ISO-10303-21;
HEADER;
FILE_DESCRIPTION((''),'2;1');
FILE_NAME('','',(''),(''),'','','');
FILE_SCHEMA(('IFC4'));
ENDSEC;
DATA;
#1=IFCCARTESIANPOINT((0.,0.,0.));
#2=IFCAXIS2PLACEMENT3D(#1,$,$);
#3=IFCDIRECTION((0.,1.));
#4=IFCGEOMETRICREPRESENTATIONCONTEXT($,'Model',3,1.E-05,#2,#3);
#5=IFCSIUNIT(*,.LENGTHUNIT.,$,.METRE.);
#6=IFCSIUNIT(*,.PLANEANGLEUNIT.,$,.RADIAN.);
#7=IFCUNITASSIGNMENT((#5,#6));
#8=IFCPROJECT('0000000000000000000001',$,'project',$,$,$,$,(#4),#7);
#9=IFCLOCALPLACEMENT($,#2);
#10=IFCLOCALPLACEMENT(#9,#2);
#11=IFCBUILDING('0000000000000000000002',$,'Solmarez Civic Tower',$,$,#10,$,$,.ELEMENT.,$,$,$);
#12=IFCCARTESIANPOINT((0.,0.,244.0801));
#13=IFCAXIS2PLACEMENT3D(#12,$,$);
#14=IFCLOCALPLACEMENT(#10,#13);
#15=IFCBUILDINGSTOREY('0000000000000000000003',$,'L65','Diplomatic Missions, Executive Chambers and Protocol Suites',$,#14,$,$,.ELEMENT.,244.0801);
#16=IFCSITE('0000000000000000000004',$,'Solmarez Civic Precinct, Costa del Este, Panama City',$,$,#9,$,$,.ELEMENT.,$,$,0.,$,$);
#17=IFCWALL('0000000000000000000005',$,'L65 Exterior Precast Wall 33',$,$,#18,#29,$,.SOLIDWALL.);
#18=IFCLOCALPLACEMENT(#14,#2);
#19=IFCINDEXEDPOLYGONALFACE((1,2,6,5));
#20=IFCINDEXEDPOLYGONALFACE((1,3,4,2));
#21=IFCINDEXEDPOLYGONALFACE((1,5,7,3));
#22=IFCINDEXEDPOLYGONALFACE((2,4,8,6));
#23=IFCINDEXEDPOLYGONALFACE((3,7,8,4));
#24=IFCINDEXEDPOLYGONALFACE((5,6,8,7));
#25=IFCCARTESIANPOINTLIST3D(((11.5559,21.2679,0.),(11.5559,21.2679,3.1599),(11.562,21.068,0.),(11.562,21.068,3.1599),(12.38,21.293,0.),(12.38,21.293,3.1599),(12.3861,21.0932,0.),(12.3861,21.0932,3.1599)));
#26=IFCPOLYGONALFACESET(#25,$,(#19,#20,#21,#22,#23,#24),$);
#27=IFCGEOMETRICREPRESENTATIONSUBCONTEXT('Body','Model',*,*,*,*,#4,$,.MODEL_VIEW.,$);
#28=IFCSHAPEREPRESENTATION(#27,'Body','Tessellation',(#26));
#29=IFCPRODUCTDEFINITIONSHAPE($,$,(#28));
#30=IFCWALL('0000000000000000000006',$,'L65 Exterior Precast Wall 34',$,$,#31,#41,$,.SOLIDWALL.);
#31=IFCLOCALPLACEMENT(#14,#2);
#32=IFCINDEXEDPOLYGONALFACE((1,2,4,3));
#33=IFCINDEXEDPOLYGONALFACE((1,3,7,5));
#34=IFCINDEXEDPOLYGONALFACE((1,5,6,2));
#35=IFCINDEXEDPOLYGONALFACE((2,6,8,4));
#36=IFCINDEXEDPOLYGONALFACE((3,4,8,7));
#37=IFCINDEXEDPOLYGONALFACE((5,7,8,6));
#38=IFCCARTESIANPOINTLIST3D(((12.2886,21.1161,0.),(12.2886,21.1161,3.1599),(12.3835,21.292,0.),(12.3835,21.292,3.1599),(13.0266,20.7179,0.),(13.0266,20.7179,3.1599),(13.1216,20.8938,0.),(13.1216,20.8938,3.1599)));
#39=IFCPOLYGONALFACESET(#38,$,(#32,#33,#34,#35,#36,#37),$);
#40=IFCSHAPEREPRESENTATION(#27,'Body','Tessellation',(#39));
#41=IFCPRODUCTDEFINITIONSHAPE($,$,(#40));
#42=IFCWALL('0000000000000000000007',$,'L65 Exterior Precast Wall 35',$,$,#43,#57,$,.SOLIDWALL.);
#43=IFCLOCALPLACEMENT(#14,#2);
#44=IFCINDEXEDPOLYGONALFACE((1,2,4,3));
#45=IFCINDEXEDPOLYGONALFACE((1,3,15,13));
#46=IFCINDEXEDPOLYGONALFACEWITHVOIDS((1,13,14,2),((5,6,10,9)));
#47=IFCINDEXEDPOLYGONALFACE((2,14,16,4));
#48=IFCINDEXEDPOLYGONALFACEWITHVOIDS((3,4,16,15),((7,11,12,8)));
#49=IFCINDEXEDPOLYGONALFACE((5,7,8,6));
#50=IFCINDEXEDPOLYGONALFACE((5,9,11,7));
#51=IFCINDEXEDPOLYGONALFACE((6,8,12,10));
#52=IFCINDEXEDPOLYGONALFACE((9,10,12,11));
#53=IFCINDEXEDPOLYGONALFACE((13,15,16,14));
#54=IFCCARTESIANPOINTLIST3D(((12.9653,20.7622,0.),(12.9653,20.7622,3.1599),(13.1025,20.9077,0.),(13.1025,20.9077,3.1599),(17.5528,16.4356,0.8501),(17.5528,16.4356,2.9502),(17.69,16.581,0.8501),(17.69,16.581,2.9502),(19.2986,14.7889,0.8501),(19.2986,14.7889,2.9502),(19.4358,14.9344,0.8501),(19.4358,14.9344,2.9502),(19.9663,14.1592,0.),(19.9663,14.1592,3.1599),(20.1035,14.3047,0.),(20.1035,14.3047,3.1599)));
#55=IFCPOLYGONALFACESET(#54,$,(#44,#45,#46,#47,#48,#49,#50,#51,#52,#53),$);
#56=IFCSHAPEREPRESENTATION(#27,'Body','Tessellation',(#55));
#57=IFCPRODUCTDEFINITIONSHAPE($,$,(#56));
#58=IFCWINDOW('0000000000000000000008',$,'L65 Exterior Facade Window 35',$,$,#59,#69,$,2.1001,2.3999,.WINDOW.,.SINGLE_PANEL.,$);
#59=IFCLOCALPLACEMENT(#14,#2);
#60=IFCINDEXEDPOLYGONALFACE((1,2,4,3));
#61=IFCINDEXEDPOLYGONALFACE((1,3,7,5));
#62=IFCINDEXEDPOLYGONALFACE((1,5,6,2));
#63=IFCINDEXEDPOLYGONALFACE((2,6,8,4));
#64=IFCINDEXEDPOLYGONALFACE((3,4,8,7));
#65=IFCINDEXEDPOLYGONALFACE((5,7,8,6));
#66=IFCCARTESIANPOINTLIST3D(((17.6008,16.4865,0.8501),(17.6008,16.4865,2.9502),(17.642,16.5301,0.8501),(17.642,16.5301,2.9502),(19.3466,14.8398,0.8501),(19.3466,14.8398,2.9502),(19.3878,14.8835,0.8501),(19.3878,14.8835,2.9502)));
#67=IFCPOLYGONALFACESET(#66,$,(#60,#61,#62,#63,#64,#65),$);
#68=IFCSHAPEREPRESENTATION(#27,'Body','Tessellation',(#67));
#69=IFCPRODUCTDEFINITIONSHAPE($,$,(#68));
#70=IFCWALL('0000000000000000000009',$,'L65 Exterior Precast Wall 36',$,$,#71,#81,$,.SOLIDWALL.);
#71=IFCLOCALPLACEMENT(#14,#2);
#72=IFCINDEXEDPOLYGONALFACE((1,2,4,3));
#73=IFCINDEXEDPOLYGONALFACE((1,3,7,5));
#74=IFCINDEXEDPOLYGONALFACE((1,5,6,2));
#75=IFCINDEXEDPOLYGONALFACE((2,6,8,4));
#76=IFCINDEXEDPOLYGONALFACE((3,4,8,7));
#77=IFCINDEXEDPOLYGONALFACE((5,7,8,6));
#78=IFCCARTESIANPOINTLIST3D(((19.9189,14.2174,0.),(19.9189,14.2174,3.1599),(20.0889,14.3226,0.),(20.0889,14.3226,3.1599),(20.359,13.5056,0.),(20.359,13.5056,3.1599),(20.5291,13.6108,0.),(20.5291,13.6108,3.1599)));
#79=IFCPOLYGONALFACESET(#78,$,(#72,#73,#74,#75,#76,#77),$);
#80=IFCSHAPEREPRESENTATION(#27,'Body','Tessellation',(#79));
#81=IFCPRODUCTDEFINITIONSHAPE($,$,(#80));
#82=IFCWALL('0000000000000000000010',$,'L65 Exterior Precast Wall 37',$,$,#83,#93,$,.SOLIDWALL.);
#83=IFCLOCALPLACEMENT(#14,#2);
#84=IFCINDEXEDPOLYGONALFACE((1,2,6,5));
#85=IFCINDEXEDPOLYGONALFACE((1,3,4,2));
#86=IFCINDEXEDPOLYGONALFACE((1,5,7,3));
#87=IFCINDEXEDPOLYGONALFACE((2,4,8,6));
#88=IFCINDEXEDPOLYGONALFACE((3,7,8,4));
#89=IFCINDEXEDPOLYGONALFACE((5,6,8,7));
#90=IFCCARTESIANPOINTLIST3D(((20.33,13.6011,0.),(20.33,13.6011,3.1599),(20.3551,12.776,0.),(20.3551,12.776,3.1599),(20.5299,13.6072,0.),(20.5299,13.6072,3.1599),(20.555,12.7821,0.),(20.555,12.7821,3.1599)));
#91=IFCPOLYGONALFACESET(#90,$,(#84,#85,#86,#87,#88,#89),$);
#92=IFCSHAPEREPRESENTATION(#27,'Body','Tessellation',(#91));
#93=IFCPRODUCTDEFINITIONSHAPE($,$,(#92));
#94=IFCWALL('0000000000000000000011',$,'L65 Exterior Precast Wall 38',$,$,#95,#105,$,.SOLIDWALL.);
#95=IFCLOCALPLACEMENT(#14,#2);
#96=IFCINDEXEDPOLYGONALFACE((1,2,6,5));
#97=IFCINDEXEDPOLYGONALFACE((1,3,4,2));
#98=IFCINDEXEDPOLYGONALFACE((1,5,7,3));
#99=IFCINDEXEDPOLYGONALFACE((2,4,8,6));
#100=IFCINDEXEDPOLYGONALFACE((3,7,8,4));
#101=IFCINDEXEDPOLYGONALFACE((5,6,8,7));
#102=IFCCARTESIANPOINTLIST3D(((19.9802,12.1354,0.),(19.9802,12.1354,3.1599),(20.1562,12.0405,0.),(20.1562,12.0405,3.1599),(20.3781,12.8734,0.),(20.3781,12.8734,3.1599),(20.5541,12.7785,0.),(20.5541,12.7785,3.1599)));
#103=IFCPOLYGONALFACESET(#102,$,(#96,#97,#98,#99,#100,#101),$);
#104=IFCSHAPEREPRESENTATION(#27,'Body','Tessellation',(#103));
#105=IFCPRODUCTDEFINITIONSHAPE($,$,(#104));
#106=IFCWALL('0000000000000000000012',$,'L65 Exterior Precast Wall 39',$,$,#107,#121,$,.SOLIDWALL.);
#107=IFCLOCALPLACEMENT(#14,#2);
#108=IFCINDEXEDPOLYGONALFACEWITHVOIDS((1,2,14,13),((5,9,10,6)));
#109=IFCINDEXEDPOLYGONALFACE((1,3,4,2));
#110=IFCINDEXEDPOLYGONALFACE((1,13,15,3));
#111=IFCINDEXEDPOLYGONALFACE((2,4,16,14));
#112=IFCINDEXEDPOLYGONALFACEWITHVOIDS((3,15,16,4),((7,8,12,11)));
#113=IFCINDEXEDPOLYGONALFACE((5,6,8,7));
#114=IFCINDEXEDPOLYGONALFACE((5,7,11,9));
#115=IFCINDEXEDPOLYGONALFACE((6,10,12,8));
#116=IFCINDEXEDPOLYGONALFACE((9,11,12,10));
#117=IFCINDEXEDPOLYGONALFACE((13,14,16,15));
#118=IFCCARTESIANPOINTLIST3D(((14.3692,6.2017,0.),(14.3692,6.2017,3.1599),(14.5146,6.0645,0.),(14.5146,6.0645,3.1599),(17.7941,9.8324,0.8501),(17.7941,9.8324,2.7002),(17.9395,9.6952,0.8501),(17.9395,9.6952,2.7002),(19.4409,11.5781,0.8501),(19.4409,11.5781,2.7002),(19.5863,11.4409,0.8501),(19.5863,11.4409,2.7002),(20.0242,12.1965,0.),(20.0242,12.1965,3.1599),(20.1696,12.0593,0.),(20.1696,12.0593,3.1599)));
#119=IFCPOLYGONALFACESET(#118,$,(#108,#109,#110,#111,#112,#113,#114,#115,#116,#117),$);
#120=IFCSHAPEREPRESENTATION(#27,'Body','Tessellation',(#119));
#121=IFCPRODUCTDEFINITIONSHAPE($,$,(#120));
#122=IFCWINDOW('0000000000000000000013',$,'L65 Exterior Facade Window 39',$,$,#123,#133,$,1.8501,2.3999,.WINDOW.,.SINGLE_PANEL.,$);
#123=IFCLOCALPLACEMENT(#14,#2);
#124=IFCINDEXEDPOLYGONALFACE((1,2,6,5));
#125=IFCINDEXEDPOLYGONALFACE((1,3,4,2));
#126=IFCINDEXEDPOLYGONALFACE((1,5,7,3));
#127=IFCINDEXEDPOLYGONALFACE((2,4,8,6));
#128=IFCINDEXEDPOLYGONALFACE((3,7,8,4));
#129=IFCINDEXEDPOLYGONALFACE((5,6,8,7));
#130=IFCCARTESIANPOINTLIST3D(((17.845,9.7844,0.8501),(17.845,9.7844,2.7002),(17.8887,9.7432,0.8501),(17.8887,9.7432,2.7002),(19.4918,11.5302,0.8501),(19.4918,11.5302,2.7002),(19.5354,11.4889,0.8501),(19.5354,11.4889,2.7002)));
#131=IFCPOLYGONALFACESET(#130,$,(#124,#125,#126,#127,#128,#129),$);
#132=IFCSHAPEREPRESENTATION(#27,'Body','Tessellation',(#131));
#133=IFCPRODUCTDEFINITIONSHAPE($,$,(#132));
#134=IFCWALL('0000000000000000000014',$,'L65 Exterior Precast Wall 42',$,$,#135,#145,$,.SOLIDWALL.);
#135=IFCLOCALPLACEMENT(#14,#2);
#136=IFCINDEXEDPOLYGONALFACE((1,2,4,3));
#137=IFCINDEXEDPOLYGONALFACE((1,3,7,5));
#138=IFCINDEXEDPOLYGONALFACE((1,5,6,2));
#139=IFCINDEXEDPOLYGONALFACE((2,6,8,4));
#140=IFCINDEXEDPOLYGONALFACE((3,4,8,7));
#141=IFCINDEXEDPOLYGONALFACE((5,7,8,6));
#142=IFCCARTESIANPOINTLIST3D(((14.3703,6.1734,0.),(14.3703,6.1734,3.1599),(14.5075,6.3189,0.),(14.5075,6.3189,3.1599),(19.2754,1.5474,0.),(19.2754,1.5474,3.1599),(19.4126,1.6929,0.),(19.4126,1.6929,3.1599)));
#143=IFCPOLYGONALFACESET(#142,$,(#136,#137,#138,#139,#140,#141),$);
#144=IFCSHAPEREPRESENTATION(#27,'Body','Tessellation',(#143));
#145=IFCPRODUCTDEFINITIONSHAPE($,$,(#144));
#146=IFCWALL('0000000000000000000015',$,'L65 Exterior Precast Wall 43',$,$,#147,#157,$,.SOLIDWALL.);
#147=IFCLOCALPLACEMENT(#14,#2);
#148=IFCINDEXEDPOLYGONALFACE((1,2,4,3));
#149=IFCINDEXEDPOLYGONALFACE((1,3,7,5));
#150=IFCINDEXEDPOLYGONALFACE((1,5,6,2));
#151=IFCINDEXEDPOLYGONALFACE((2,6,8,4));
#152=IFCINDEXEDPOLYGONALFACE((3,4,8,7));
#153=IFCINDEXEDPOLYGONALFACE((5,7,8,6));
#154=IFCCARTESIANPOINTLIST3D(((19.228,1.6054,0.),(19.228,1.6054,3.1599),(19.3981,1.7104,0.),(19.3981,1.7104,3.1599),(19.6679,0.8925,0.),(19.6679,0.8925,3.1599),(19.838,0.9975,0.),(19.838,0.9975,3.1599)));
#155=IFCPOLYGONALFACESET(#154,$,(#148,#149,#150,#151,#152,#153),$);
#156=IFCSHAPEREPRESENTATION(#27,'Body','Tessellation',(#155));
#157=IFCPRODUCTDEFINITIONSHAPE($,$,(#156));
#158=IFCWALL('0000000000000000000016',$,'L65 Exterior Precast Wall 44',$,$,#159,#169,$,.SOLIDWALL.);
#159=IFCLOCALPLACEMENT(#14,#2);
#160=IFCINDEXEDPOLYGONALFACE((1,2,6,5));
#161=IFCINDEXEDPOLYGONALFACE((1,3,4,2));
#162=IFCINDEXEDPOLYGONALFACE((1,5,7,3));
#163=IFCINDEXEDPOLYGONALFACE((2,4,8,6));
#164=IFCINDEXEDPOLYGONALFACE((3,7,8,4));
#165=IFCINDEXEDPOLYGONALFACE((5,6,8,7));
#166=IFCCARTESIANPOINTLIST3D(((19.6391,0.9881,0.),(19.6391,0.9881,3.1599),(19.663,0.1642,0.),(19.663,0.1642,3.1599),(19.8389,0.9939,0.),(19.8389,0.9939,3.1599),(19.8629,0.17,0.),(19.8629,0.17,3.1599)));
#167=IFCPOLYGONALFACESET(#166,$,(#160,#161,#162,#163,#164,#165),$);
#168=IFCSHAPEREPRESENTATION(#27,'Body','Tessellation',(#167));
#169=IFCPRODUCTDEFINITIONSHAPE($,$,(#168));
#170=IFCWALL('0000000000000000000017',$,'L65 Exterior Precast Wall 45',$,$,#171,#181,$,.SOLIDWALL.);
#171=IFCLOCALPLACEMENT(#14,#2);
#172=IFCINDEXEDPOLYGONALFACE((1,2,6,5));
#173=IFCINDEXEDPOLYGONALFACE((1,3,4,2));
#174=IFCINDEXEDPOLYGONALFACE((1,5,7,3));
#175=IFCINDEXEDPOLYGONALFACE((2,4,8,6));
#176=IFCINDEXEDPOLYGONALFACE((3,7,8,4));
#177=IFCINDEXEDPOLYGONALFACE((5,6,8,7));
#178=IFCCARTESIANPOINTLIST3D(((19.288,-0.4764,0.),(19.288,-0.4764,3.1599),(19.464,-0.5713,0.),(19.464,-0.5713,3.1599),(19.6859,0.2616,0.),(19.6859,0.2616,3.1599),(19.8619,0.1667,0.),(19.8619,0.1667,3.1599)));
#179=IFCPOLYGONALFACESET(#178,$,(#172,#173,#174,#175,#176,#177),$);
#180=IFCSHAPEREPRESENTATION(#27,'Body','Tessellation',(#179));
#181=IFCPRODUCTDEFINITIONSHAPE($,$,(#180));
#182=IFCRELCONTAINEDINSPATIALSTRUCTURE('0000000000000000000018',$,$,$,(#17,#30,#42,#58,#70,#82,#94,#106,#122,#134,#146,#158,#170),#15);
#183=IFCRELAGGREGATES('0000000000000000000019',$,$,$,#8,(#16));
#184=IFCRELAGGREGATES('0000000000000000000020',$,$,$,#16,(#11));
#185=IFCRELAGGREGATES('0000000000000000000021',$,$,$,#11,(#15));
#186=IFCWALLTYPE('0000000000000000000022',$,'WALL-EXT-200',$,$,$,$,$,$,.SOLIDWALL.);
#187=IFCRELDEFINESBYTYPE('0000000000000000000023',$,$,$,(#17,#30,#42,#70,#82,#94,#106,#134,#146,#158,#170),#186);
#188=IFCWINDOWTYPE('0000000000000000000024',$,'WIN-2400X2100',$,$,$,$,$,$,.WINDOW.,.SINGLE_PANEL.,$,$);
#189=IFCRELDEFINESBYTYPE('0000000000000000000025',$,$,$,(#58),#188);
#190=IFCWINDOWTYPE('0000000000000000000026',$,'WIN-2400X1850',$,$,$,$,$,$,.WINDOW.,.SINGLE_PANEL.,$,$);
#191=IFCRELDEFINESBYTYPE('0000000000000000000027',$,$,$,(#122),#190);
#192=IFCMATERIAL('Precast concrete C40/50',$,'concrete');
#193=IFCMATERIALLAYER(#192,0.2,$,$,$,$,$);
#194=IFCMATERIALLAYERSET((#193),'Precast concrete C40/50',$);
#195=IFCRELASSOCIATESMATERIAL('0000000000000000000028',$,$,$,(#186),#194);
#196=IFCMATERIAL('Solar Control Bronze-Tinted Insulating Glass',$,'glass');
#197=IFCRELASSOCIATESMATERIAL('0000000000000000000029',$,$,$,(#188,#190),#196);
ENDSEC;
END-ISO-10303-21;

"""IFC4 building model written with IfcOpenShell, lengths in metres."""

from ifc_helpers import new_model, si_unit, direction, frame, frame_2d, origin, place, context, subcontext, project, spatial, rectangle, extrude, material, layer, layer_set, type_object, element, fill, save


model = new_model("IFC4")

# Units and contexts
model_context = context("Model", 3, precision=1e-05, world=origin(), true_north=direction((0.0, 1.0)))
body_context = subcontext(model_context, "Body", "Model", "MODEL_VIEW")
ifc_project = project(units=[si_unit("LENGTHUNIT", "METRE"), si_unit("PLANEANGLEUNIT", "RADIAN")], contexts=[model_context])

# Site, building, storey
site_placement = place(None, origin())
site = spatial("IfcSite", under=ifc_project, at=site_placement, Name="Solmarez Civic Precinct, Costa del Este, Panama City", CompositionType="ELEMENT", RefElevation=0.0)
building_placement = place(site_placement, origin())
building = spatial("IfcBuilding", under=site, at=building_placement, Name="Solmarez Civic Tower", CompositionType="ELEMENT")
storey_placement = place(building_placement, frame((0.0, 0.0, 244.0801)))
storey = spatial("IfcBuildingStorey", under=building, at=storey_placement, Name="L65", Description="Diplomatic Missions, Executive Chambers and Protocol Suites", CompositionType="ELEMENT", Elevation=244.0801)

# Walls
ifc_material_1 = material(Name="Precast concrete C40/50", Category="concrete")
ifc_layer_1 = layer(ifc_material_1, 0.2)
ifc_layer_set_1 = layer_set([ifc_layer_1], Name="Precast concrete C40/50")
wall_type_1 = type_object("IfcWallType", Name="WALL-EXT-200", PredefinedType="SOLIDWALL", material=ifc_layer_set_1)
wall_1_placement = place(storey_placement, frame((11.5591, 21.168, 0.0), z_axis=(0.0, 0.0, 1.0), x_axis=(0.999535, 0.030504, 0.0)))
element("IfcWall", 1, at=wall_1_placement, inside=storey, type_object=wall_type_1, Name="L65 Exterior Precast Wall 33", PredefinedType="SOLIDWALL", context=body_context, shape_type="SweptSolid", body=[
    extrude(rectangle(XDim=0.8245, YDim=0.2, at=frame_2d((0.4121, 0.0))), origin(), (0.0, 0.0, 1.0), 3.1599),
])
wall_2_placement = place(storey_placement, frame((12.3359, 21.2041, 0.0), z_axis=(0.0, 0.0, 1.0), x_axis=(0.880078, -0.474829, 0.0)))
element("IfcWall", 2, at=wall_2_placement, inside=storey, type_object=wall_type_1, Name="L65 Exterior Precast Wall 34", PredefinedType="SOLIDWALL", context=body_context, shape_type="SweptSolid", body=[
    extrude(rectangle(XDim=0.8386, YDim=0.2, at=frame_2d((0.4194, 0.0))), origin(), (0.0, 0.0, 1.0), 3.1599),
])

# Wall, opening, window
wall_3_placement = place(storey_placement, frame((13.0339, 20.835, 0.0), z_axis=(0.0, 0.0, 1.0), x_axis=(0.72748, -0.686129, 0.0)))
wall_3 = element("IfcWall", 3, at=wall_3_placement, inside=storey, type_object=wall_type_1, Name="L65 Exterior Precast Wall 35", PredefinedType="SOLIDWALL", context=body_context, shape_type="SweptSolid", body=[
    extrude(rectangle(XDim=9.6235, YDim=0.2, at=frame_2d((4.8118, 0.0))), origin(), (0.0, 0.0, 1.0), 3.1599),
])
opening_1_placement = place(wall_3_placement, frame((6.3059, 0.0, 0.8501)))
opening_1 = element("IfcOpeningElement", 4, at=opening_1_placement, cuts=wall_3, PredefinedType="OPENING", context=body_context, shape_type="SweptSolid", body=[
    extrude(rectangle(XDim=2.3999, YDim=2.1001, at=frame_2d((1.2, 1.05))), frame((0.0, 0.1099, 0.0), z_axis=(0.0, -1.0, 0.0), x_axis=(1.0, 0.0, 0.0)), (0.0, 0.0, 1.0), 0.22),
])
ifc_material_2 = material(Name="Solar Control Bronze-Tinted Insulating Glass", Category="glass")
window_type_1 = type_object("IfcWindowType", Name="WIN-2400X2100", PartitioningType="SINGLE_PANEL", PredefinedType="WINDOW", material=ifc_material_2)
window_1_placement = place(opening_1_placement, origin())
window_1 = element("IfcWindow", 5, at=window_1_placement, inside=storey, type_object=window_type_1, Name="L65 Exterior Facade Window 35", OverallHeight=2.1001, OverallWidth=2.3999, PartitioningType="SINGLE_PANEL", PredefinedType="WINDOW", context=body_context, shape_type="SweptSolid", body=[
    extrude(rectangle(XDim=2.3999, YDim=2.1001, at=frame_2d((1.2, 1.05))), frame((0.0, 0.03, 0.0), z_axis=(0.0, -1.0, 0.0), x_axis=(1.0, 0.0, 0.0)), (0.0, 0.0, 1.0), 0.0601),
])
fill(opening_1, window_1)

# Walls
wall_4_placement = place(storey_placement, frame((20.0039, 14.27, 0.0), z_axis=(0.0, 0.0, 1.0), x_axis=(0.525903, -0.850545, 0.0)))
element("IfcWall", 6, at=wall_4_placement, inside=storey, type_object=wall_type_1, Name="L65 Exterior Precast Wall 36", PredefinedType="SOLIDWALL", context=body_context, shape_type="SweptSolid", body=[
    extrude(rectangle(XDim=0.8369, YDim=0.2, at=frame_2d((0.4185, 0.0))), origin(), (0.0, 0.0, 1.0), 3.1599),
])
wall_5_placement = place(storey_placement, frame((20.4299, 13.604, 0.0), z_axis=(0.0, 0.0, 1.0), x_axis=(0.030468, -0.999536, 0.0)))
element("IfcWall", 7, at=wall_5_placement, inside=storey, type_object=wall_type_1, Name="L65 Exterior Precast Wall 37", PredefinedType="SOLIDWALL", context=body_context, shape_type="SweptSolid", body=[
    extrude(rectangle(XDim=0.8254, YDim=0.2, at=frame_2d((0.4126, 0.0))), origin(), (0.0, 0.0, 1.0), 3.1599),
])
wall_6_placement = place(storey_placement, frame((20.4661, 12.8259, 0.0), z_axis=(0.0, 0.0, 1.0), x_axis=(-0.474603, -0.8802, 0.0)))
element("IfcWall", 8, at=wall_6_placement, inside=storey, type_object=wall_type_1, Name="L65 Exterior Precast Wall 38", PredefinedType="SOLIDWALL", context=body_context, shape_type="SweptSolid", body=[
    extrude(rectangle(XDim=0.8384, YDim=0.2, at=frame_2d((0.4192, 0.0))), origin(), (0.0, 0.0, 1.0), 3.1599),
])

# Wall, opening, window
wall_7_placement = place(storey_placement, frame((20.0969, 12.1279, 0.0), z_axis=(0.0, 0.0, 1.0), x_axis=(-0.686188, -0.727425, 0.0)))
wall_7 = element("IfcWall", 9, at=wall_7_placement, inside=storey, type_object=wall_type_1, Name="L65 Exterior Precast Wall 39", PredefinedType="SOLIDWALL", context=body_context, shape_type="SweptSolid", body=[
    extrude(rectangle(XDim=8.2412, YDim=0.2, at=frame_2d((4.1206, 0.0))), origin(), (0.0, 0.0, 1.0), 3.1599),
])
opening_2_placement = place(wall_7_placement, frame((0.8501, 0.0, 0.8501)))
opening_2 = element("IfcOpeningElement", 10, at=opening_2_placement, cuts=wall_7, PredefinedType="OPENING", context=body_context, shape_type="SweptSolid", body=[
    extrude(rectangle(XDim=2.3999, YDim=1.8501, at=frame_2d((1.2, 0.925))), frame((0.0, 0.1099, 0.0), z_axis=(0.0, -1.0, 0.0), x_axis=(1.0, 0.0, 0.0)), (0.0, 0.0, 1.0), 0.22),
])
window_type_2 = type_object("IfcWindowType", Name="WIN-2400X1850", PartitioningType="SINGLE_PANEL", PredefinedType="WINDOW", material=ifc_material_2)
window_2_placement = place(opening_2_placement, origin())
window_2 = element("IfcWindow", 11, at=window_2_placement, inside=storey, type_object=window_type_2, Name="L65 Exterior Facade Window 39", OverallHeight=1.8501, OverallWidth=2.3999, PartitioningType="SINGLE_PANEL", PredefinedType="WINDOW", context=body_context, shape_type="SweptSolid", body=[
    extrude(rectangle(XDim=2.3999, YDim=1.8501, at=frame_2d((1.2, 0.925))), frame((0.0, 0.03, 0.0), z_axis=(0.0, -1.0, 0.0), x_axis=(1.0, 0.0, 0.0)), (0.0, 0.0, 1.0), 0.0601),
])
fill(opening_2, window_2)

# Walls
wall_8_placement = place(storey_placement, frame((14.439, 6.2461, 0.0), z_axis=(0.0, 0.0, 1.0), x_axis=(0.727498, -0.68611, 0.0)))
element("IfcWall", 12, at=wall_8_placement, inside=storey, type_object=wall_type_1, Name="L65 Exterior Precast Wall 42", PredefinedType="SOLIDWALL", context=body_context, shape_type="SweptSolid", body=[
    extrude(rectangle(XDim=6.7424, YDim=0.2, at=frame_2d((3.3711, 0.0))), origin(), (0.0, 0.0, 1.0), 3.1599),
])
wall_9_placement = place(storey_placement, frame((19.313, 1.658, 0.0), z_axis=(0.0, 0.0, 1.0), x_axis=(0.52517, -0.850997, 0.0)))
element("IfcWall", 13, at=wall_9_placement, inside=storey, type_object=wall_type_1, Name="L65 Exterior Precast Wall 43", PredefinedType="SOLIDWALL", context=body_context, shape_type="SweptSolid", body=[
    extrude(rectangle(XDim=0.8376, YDim=0.2, at=frame_2d((0.4189, 0.0))), origin(), (0.0, 0.0, 1.0), 3.1599),
])
wall_10_placement = place(storey_placement, frame((19.739, 0.991, 0.0), z_axis=(0.0, 0.0, 1.0), x_axis=(0.029025, -0.999579, 0.0)))
element("IfcWall", 14, at=wall_10_placement, inside=storey, type_object=wall_type_1, Name="L65 Exterior Precast Wall 44", PredefinedType="SOLIDWALL", context=body_context, shape_type="SweptSolid", body=[
    extrude(rectangle(XDim=0.8242, YDim=0.2, at=frame_2d((0.4121, 0.0))), origin(), (0.0, 0.0, 1.0), 3.1599),
])
wall_11_placement = place(storey_placement, frame((19.7739, 0.2141, 0.0), z_axis=(0.0, 0.0, 1.0), x_axis=(-0.474603, -0.8802, 0.0)))
element("IfcWall", 15, at=wall_11_placement, inside=storey, type_object=wall_type_1, Name="L65 Exterior Precast Wall 45", PredefinedType="SOLIDWALL", context=body_context, shape_type="SweptSolid", body=[
    extrude(rectangle(XDim=0.8384, YDim=0.2, at=frame_2d((0.4192, 0.0))), origin(), (0.0, 0.0, 1.0), 3.1599),
])

save(model, "model.ifc")
